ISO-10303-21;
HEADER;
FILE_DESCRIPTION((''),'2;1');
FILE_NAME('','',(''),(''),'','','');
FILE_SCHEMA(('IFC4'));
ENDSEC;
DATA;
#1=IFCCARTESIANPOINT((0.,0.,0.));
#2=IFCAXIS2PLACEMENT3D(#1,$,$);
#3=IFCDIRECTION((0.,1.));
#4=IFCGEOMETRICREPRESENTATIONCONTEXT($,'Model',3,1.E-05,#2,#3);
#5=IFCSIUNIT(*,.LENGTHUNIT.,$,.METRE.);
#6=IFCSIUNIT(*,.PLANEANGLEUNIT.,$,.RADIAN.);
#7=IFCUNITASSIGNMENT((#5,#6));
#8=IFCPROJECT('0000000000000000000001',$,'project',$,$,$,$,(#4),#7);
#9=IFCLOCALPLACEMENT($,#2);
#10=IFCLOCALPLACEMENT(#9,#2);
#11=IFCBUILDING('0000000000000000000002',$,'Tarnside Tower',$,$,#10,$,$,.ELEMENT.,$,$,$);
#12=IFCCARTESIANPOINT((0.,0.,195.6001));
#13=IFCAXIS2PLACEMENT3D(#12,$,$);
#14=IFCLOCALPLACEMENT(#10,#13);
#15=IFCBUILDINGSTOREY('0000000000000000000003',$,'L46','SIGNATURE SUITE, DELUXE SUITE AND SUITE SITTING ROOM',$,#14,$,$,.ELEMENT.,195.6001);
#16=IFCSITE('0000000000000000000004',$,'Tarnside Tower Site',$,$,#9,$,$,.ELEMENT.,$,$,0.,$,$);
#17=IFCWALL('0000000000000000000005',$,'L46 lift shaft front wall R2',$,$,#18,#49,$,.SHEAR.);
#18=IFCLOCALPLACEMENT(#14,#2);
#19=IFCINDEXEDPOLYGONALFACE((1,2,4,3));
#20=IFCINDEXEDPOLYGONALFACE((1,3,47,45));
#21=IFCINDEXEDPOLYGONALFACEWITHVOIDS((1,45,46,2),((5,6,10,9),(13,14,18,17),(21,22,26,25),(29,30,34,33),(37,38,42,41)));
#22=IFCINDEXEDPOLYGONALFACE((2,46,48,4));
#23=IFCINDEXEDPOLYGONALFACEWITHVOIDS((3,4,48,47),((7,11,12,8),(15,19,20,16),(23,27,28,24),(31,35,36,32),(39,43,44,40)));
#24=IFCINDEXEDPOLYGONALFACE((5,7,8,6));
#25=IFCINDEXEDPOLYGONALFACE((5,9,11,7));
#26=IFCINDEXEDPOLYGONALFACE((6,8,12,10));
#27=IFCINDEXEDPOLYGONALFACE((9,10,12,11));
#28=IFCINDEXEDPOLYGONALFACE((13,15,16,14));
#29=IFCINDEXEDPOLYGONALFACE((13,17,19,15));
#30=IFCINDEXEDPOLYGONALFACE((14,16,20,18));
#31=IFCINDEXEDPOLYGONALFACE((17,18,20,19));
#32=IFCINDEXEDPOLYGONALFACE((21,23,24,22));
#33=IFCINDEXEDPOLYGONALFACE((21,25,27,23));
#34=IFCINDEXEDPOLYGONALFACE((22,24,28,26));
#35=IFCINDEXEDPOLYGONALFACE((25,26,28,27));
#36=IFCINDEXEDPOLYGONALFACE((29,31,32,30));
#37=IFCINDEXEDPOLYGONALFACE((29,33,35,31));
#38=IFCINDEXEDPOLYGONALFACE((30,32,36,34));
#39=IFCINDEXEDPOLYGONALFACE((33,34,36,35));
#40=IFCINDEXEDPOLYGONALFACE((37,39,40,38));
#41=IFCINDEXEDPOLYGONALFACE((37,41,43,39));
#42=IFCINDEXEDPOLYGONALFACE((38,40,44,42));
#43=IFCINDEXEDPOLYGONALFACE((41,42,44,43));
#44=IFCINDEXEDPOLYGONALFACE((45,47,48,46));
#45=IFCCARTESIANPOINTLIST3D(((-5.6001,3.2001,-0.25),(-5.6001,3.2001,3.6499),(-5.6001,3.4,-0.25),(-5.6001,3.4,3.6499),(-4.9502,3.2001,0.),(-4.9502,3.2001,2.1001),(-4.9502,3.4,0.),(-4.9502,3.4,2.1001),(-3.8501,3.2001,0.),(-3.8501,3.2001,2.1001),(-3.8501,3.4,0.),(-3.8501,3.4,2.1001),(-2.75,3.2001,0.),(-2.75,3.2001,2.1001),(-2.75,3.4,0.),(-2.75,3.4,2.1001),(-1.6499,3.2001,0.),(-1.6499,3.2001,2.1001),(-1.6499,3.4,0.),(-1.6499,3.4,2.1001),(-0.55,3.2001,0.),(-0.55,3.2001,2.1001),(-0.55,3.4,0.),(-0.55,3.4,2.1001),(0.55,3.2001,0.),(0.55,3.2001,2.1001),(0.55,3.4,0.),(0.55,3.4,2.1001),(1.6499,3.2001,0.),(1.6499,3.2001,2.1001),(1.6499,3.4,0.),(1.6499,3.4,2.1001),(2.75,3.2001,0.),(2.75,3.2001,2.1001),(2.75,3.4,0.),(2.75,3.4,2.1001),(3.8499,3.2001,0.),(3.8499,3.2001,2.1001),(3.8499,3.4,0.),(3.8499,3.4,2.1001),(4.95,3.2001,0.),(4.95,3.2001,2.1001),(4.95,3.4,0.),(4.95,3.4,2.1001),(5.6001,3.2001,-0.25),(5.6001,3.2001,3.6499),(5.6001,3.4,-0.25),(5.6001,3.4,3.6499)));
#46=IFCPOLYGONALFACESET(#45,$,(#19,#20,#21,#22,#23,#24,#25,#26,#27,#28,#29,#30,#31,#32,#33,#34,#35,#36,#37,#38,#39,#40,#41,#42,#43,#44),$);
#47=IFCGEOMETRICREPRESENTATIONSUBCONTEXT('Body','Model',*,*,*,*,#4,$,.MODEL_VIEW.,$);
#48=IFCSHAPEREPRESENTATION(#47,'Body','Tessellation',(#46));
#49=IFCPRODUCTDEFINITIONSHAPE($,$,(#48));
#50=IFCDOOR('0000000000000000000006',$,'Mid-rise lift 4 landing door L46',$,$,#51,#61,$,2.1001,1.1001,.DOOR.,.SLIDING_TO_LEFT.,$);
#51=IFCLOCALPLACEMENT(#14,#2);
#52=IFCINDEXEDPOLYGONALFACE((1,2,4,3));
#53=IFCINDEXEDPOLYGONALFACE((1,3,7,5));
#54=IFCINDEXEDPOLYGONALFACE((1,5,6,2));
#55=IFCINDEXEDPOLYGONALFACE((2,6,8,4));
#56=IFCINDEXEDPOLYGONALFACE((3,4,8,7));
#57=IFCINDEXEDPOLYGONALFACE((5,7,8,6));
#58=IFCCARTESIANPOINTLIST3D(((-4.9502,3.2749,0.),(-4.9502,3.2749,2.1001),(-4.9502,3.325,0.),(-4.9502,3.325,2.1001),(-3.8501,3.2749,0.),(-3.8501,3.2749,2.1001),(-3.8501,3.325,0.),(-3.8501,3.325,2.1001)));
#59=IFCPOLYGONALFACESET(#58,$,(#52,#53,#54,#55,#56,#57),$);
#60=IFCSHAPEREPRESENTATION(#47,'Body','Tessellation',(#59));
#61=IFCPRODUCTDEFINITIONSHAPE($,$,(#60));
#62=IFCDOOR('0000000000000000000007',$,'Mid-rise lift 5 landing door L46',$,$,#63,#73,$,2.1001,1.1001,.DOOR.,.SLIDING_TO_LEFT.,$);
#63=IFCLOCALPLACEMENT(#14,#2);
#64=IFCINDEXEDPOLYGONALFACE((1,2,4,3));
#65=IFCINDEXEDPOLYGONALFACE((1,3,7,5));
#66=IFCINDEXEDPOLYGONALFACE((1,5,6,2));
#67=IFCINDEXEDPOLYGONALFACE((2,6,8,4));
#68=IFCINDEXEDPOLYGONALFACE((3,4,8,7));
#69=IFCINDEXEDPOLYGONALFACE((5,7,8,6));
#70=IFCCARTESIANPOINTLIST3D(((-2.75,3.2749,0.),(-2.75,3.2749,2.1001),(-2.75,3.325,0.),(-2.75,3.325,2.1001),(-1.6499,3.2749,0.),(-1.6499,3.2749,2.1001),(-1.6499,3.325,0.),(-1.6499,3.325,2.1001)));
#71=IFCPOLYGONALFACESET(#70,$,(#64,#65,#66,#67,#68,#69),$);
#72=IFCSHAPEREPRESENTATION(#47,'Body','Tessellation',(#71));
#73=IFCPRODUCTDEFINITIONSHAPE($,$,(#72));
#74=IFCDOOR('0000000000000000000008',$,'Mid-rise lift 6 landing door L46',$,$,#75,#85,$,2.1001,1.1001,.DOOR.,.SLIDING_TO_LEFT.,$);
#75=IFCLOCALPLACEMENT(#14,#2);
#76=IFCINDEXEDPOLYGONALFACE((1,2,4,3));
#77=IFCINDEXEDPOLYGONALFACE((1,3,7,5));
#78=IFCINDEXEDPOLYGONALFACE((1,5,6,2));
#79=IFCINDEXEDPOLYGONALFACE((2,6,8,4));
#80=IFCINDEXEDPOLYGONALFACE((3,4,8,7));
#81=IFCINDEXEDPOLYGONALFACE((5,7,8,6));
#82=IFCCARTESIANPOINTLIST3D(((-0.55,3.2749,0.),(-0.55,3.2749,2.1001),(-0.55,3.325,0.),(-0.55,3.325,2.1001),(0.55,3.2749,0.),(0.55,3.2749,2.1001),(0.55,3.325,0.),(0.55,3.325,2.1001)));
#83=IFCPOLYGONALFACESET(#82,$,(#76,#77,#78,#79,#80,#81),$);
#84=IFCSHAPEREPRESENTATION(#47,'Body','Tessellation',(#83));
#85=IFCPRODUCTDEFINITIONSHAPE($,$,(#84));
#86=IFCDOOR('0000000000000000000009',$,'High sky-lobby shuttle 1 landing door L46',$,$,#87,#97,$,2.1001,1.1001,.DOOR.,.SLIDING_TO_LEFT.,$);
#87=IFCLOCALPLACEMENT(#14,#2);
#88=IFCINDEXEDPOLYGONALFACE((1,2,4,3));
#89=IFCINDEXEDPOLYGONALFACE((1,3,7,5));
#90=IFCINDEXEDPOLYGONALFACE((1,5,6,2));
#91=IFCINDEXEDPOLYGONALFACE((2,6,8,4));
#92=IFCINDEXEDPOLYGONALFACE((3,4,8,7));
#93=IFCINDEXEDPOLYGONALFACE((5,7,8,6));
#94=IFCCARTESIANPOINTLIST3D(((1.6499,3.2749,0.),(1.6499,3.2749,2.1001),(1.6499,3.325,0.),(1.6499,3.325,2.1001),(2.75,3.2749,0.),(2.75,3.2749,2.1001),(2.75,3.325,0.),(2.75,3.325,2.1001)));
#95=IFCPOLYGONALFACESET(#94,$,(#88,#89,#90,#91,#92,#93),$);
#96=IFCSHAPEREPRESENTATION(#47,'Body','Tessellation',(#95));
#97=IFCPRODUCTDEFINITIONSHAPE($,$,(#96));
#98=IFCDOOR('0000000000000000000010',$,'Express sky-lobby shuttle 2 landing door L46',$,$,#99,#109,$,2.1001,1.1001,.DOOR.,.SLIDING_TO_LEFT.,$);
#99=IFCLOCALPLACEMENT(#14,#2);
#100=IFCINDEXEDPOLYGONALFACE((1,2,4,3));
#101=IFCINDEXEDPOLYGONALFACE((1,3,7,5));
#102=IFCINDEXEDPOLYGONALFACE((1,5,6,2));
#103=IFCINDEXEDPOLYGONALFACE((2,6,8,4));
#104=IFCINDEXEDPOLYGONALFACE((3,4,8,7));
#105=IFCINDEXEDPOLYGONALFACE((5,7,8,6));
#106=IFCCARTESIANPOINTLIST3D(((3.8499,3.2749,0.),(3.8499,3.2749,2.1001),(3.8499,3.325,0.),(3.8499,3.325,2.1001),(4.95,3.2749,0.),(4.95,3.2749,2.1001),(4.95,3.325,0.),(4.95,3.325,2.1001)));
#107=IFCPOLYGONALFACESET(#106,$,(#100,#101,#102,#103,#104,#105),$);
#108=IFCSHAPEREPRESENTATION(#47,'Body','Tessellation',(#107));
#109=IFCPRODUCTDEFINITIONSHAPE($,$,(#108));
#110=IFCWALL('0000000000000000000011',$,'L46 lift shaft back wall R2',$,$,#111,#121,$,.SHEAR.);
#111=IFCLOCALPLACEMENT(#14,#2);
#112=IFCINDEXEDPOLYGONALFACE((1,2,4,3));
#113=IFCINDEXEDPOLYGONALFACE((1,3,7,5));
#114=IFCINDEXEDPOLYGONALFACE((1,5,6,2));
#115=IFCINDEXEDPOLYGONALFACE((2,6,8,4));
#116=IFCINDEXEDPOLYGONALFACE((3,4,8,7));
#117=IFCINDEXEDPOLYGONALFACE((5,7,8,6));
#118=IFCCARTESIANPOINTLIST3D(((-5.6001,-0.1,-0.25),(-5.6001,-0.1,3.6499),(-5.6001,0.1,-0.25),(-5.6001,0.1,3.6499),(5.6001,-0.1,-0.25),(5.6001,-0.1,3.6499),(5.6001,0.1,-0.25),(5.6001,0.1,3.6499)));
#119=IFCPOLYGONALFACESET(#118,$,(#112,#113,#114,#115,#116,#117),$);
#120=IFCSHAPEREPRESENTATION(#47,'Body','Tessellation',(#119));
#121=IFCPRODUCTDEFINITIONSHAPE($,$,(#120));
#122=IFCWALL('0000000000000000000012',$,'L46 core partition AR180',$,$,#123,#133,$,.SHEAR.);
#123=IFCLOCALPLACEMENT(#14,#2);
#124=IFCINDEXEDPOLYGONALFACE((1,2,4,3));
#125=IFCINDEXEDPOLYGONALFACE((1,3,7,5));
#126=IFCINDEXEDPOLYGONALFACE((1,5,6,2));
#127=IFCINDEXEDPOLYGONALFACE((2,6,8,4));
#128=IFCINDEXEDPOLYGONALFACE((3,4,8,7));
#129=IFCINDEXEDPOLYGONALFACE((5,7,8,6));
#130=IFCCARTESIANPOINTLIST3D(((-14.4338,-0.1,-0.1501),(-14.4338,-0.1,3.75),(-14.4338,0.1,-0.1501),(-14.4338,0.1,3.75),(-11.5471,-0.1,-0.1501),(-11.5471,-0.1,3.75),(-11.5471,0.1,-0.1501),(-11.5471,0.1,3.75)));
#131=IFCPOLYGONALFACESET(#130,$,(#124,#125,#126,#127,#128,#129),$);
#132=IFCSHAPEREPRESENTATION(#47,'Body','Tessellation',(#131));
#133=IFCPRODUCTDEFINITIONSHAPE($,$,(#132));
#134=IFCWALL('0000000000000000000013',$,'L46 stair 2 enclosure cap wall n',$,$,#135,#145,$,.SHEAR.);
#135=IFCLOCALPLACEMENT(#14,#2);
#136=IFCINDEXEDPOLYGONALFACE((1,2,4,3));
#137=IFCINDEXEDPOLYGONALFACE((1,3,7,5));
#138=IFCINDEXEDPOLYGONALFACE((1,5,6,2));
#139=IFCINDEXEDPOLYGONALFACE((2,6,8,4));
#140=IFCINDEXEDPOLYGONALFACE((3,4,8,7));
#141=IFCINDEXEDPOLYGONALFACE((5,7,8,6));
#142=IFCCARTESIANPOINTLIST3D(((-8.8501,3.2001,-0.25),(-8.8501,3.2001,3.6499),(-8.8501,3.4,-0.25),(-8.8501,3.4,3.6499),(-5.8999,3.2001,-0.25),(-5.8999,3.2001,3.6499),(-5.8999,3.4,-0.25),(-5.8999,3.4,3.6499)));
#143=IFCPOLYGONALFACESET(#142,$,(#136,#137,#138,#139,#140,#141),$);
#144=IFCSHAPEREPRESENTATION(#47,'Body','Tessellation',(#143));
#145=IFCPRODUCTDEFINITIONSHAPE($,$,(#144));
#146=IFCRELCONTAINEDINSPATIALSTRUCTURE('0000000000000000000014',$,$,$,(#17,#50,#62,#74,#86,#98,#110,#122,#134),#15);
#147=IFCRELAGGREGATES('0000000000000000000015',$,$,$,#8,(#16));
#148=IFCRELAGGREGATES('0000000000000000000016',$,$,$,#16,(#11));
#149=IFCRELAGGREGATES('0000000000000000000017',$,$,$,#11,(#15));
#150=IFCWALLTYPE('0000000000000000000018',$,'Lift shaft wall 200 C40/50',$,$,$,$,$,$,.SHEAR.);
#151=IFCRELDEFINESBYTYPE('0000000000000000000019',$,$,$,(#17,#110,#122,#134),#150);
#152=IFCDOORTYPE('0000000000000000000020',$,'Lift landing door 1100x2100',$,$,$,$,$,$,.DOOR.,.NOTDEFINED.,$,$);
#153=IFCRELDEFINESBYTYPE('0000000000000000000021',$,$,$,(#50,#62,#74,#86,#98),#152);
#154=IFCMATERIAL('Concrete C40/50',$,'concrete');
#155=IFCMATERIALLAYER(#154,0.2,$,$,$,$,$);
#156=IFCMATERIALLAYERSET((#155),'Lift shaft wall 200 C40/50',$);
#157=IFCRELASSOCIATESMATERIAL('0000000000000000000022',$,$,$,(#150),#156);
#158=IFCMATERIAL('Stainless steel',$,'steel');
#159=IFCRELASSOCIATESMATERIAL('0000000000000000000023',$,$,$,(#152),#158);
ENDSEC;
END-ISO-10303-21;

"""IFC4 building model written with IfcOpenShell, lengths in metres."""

from ifc_helpers import new_model, si_unit, direction, frame, frame_2d, origin, place, context, subcontext, project, spatial, rectangle, extrude, material, layer, layer_set, type_object, element, fill, save


model = new_model("IFC4")

# Units and contexts
model_context = context("Model", 3, precision=1e-05, world=origin(), true_north=direction((0.0, 1.0)))
body_context = subcontext(model_context, "Body", "Model", "MODEL_VIEW")
ifc_project = project(units=[si_unit("LENGTHUNIT", "METRE"), si_unit("PLANEANGLEUNIT", "RADIAN")], contexts=[model_context])

# Site, building, storey
site_placement = place(None, origin())
site = spatial("IfcSite", under=ifc_project, at=site_placement, Name="Tarnside Tower Site", CompositionType="ELEMENT", RefElevation=0.0)
building_placement = place(site_placement, origin())
building = spatial("IfcBuilding", under=site, at=building_placement, Name="Tarnside Tower", CompositionType="ELEMENT")
storey_placement = place(building_placement, frame((0.0, 0.0, 195.6001)))
storey = spatial("IfcBuildingStorey", under=building, at=storey_placement, Name="L46", Description="SIGNATURE SUITE, DELUXE SUITE AND SUITE SITTING ROOM", CompositionType="ELEMENT", Elevation=195.6001)

# Shared definitions
ifc_material_1 = material(Name="Concrete C40/50", Category="concrete")
ifc_layer_1 = layer(ifc_material_1, 0.2)
ifc_layer_set_1 = layer_set([ifc_layer_1], Name="Lift shaft wall 200 C40/50")
wall_type_1 = type_object("IfcWallType", Name="Lift shaft wall 200 C40/50", PredefinedType="SHEAR", material=ifc_layer_set_1)
ifc_material_2 = material(Name="Stainless steel", Category="steel")
door_type_1 = type_object("IfcDoorType", Name="Lift landing door 1100x2100", OperationType="NOTDEFINED", PredefinedType="DOOR", material=ifc_material_2)

# Wall, openings, doors
wall_1_placement = place(storey_placement, frame((-5.6001, 3.3, -0.25), z_axis=(0.0, 0.0, 1.0), x_axis=(1.0, 0.0, 0.0)))
wall_1 = element("IfcWall", 1, at=wall_1_placement, inside=storey, type_object=wall_type_1, Name="L46 lift shaft front wall R2", PredefinedType="SHEAR", context=body_context, shape_type="SweptSolid", body=[
    extrude(rectangle(XDim=11.2002, YDim=0.2, at=frame_2d((5.6001, 0.0))), origin(), (0.0, 0.0, 1.0), 3.8999),
])
opening_1_placement = place(wall_1_placement, frame((0.6499, 0.0, 0.25)))
opening_1 = element("IfcOpeningElement", 2, at=opening_1_placement, cuts=wall_1, PredefinedType="OPENING", context=body_context, shape_type="SweptSolid", body=[
    extrude(rectangle(XDim=1.1001, YDim=2.1001, at=frame_2d((0.55, 1.05))), frame((0.0, 0.1099, 0.0), z_axis=(0.0, -1.0, 0.0), x_axis=(1.0, 0.0, 0.0)), (0.0, 0.0, 1.0), 0.22),
])
opening_2_placement = place(wall_1_placement, frame((2.8501, 0.0, 0.25)))
opening_2 = element("IfcOpeningElement", 3, at=opening_2_placement, cuts=wall_1, PredefinedType="OPENING", context=body_context, shape_type="SweptSolid", body=[
    extrude(rectangle(XDim=1.1001, YDim=2.1001, at=frame_2d((0.55, 1.05))), frame((0.0, 0.1099, 0.0), z_axis=(0.0, -1.0, 0.0), x_axis=(1.0, 0.0, 0.0)), (0.0, 0.0, 1.0), 0.22),
])
opening_3_placement = place(wall_1_placement, frame((5.05, 0.0, 0.25)))
opening_3 = element("IfcOpeningElement", 4, at=opening_3_placement, cuts=wall_1, PredefinedType="OPENING", context=body_context, shape_type="SweptSolid", body=[
    extrude(rectangle(XDim=1.1001, YDim=2.1001, at=frame_2d((0.55, 1.05))), frame((0.0, 0.1099, 0.0), z_axis=(0.0, -1.0, 0.0), x_axis=(1.0, 0.0, 0.0)), (0.0, 0.0, 1.0), 0.22),
])
opening_4_placement = place(wall_1_placement, frame((7.25, 0.0, 0.25)))
opening_4 = element("IfcOpeningElement", 5, at=opening_4_placement, cuts=wall_1, PredefinedType="OPENING", context=body_context, shape_type="SweptSolid", body=[
    extrude(rectangle(XDim=1.1001, YDim=2.1001, at=frame_2d((0.55, 1.05))), frame((0.0, 0.1099, 0.0), z_axis=(0.0, -1.0, 0.0), x_axis=(1.0, 0.0, 0.0)), (0.0, 0.0, 1.0), 0.22),
])
opening_5_placement = place(wall_1_placement, frame((9.45, 0.0, 0.25)))
opening_5 = element("IfcOpeningElement", 6, at=opening_5_placement, cuts=wall_1, PredefinedType="OPENING", context=body_context, shape_type="SweptSolid", body=[
    extrude(rectangle(XDim=1.1001, YDim=2.1001, at=frame_2d((0.55, 1.05))), frame((0.0, 0.1099, 0.0), z_axis=(0.0, -1.0, 0.0), x_axis=(1.0, 0.0, 0.0)), (0.0, 0.0, 1.0), 0.22),
])
door_1_placement = place(opening_1_placement, origin())
door_1 = element("IfcDoor", 7, at=door_1_placement, inside=storey, type_object=door_type_1, Name="Mid-rise lift 4 landing door L46", OperationType="SLIDING_TO_LEFT", OverallHeight=2.1001, OverallWidth=1.1001, PredefinedType="DOOR", context=body_context, shape_type="SweptSolid", body=[
    extrude(rectangle(XDim=1.1001, YDim=2.1001, at=frame_2d((0.55, 1.05))), frame((0.0, 0.0249, 0.0), z_axis=(0.0, -1.0, 0.0), x_axis=(1.0, 0.0, 0.0)), (0.0, 0.0, 1.0), 0.05),
])
fill(opening_1, door_1)
door_2_placement = place(opening_2_placement, origin())
door_2 = element("IfcDoor", 8, at=door_2_placement, inside=storey, type_object=door_type_1, Name="Mid-rise lift 5 landing door L46", OperationType="SLIDING_TO_LEFT", OverallHeight=2.1001, OverallWidth=1.1001, PredefinedType="DOOR", context=body_context, shape_type="SweptSolid", body=[
    extrude(rectangle(XDim=1.1001, YDim=2.1001, at=frame_2d((0.55, 1.05))), frame((0.0, 0.0249, 0.0), z_axis=(0.0, -1.0, 0.0), x_axis=(1.0, 0.0, 0.0)), (0.0, 0.0, 1.0), 0.05),
])
fill(opening_2, door_2)
door_3_placement = place(opening_3_placement, origin())
door_3 = element("IfcDoor", 9, at=door_3_placement, inside=storey, type_object=door_type_1, Name="Mid-rise lift 6 landing door L46", OperationType="SLIDING_TO_LEFT", OverallHeight=2.1001, OverallWidth=1.1001, PredefinedType="DOOR", context=body_context, shape_type="SweptSolid", body=[
    extrude(rectangle(XDim=1.1001, YDim=2.1001, at=frame_2d((0.55, 1.05))), frame((0.0, 0.0249, 0.0), z_axis=(0.0, -1.0, 0.0), x_axis=(1.0, 0.0, 0.0)), (0.0, 0.0, 1.0), 0.05),
])
fill(opening_3, door_3)
door_4_placement = place(opening_4_placement, origin())
door_4 = element("IfcDoor", 10, at=door_4_placement, inside=storey, type_object=door_type_1, Name="High sky-lobby shuttle 1 landing door L46", OperationType="SLIDING_TO_LEFT", OverallHeight=2.1001, OverallWidth=1.1001, PredefinedType="DOOR", context=body_context, shape_type="SweptSolid", body=[
    extrude(rectangle(XDim=1.1001, YDim=2.1001, at=frame_2d((0.55, 1.05))), frame((0.0, 0.0249, 0.0), z_axis=(0.0, -1.0, 0.0), x_axis=(1.0, 0.0, 0.0)), (0.0, 0.0, 1.0), 0.05),
])
fill(opening_4, door_4)
door_5_placement = place(opening_5_placement, origin())
door_5 = element("IfcDoor", 11, at=door_5_placement, inside=storey, type_object=door_type_1, Name="Express sky-lobby shuttle 2 landing door L46", OperationType="SLIDING_TO_LEFT", OverallHeight=2.1001, OverallWidth=1.1001, PredefinedType="DOOR", context=body_context, shape_type="SweptSolid", body=[
    extrude(rectangle(XDim=1.1001, YDim=2.1001, at=frame_2d((0.55, 1.05))), frame((0.0, 0.0249, 0.0), z_axis=(0.0, -1.0, 0.0), x_axis=(1.0, 0.0, 0.0)), (0.0, 0.0, 1.0), 0.05),
])
fill(opening_5, door_5)

# Walls
wall_2_placement = place(storey_placement, frame((-5.6001, 0.0, -0.25), z_axis=(0.0, 0.0, 1.0), x_axis=(1.0, 0.0, 0.0)))
element("IfcWall", 12, at=wall_2_placement, inside=storey, type_object=wall_type_1, Name="L46 lift shaft back wall R2", PredefinedType="SHEAR", context=body_context, shape_type="SweptSolid", body=[
    extrude(rectangle(XDim=11.2002, YDim=0.2, at=frame_2d((5.6001, 0.0))), origin(), (0.0, 0.0, 1.0), 3.8999),
])
wall_3_placement = place(storey_placement, frame((-11.5471, 0.0, -0.1501), z_axis=(0.0, 0.0, 1.0), x_axis=(-1.0, 0.0, 0.0)))
element("IfcWall", 13, at=wall_3_placement, inside=storey, type_object=wall_type_1, Name="L46 core partition AR180", PredefinedType="SHEAR", context=body_context, shape_type="SweptSolid", body=[
    extrude(rectangle(XDim=2.8867, YDim=0.2, at=frame_2d((1.4434, 0.0))), origin(), (0.0, 0.0, 1.0), 3.9001),
])
wall_4_placement = place(storey_placement, frame((-8.8501, 3.3, -0.25), z_axis=(0.0, 0.0, 1.0), x_axis=(1.0, 0.0, 0.0)))
element("IfcWall", 14, at=wall_4_placement, inside=storey, type_object=wall_type_1, Name="L46 stair 2 enclosure cap wall n", PredefinedType="SHEAR", context=body_context, shape_type="SweptSolid", body=[
    extrude(rectangle(XDim=2.9502, YDim=0.2, at=frame_2d((1.4751, 0.0))), origin(), (0.0, 0.0, 1.0), 3.8999),
])

save(model, "model.ifc")
